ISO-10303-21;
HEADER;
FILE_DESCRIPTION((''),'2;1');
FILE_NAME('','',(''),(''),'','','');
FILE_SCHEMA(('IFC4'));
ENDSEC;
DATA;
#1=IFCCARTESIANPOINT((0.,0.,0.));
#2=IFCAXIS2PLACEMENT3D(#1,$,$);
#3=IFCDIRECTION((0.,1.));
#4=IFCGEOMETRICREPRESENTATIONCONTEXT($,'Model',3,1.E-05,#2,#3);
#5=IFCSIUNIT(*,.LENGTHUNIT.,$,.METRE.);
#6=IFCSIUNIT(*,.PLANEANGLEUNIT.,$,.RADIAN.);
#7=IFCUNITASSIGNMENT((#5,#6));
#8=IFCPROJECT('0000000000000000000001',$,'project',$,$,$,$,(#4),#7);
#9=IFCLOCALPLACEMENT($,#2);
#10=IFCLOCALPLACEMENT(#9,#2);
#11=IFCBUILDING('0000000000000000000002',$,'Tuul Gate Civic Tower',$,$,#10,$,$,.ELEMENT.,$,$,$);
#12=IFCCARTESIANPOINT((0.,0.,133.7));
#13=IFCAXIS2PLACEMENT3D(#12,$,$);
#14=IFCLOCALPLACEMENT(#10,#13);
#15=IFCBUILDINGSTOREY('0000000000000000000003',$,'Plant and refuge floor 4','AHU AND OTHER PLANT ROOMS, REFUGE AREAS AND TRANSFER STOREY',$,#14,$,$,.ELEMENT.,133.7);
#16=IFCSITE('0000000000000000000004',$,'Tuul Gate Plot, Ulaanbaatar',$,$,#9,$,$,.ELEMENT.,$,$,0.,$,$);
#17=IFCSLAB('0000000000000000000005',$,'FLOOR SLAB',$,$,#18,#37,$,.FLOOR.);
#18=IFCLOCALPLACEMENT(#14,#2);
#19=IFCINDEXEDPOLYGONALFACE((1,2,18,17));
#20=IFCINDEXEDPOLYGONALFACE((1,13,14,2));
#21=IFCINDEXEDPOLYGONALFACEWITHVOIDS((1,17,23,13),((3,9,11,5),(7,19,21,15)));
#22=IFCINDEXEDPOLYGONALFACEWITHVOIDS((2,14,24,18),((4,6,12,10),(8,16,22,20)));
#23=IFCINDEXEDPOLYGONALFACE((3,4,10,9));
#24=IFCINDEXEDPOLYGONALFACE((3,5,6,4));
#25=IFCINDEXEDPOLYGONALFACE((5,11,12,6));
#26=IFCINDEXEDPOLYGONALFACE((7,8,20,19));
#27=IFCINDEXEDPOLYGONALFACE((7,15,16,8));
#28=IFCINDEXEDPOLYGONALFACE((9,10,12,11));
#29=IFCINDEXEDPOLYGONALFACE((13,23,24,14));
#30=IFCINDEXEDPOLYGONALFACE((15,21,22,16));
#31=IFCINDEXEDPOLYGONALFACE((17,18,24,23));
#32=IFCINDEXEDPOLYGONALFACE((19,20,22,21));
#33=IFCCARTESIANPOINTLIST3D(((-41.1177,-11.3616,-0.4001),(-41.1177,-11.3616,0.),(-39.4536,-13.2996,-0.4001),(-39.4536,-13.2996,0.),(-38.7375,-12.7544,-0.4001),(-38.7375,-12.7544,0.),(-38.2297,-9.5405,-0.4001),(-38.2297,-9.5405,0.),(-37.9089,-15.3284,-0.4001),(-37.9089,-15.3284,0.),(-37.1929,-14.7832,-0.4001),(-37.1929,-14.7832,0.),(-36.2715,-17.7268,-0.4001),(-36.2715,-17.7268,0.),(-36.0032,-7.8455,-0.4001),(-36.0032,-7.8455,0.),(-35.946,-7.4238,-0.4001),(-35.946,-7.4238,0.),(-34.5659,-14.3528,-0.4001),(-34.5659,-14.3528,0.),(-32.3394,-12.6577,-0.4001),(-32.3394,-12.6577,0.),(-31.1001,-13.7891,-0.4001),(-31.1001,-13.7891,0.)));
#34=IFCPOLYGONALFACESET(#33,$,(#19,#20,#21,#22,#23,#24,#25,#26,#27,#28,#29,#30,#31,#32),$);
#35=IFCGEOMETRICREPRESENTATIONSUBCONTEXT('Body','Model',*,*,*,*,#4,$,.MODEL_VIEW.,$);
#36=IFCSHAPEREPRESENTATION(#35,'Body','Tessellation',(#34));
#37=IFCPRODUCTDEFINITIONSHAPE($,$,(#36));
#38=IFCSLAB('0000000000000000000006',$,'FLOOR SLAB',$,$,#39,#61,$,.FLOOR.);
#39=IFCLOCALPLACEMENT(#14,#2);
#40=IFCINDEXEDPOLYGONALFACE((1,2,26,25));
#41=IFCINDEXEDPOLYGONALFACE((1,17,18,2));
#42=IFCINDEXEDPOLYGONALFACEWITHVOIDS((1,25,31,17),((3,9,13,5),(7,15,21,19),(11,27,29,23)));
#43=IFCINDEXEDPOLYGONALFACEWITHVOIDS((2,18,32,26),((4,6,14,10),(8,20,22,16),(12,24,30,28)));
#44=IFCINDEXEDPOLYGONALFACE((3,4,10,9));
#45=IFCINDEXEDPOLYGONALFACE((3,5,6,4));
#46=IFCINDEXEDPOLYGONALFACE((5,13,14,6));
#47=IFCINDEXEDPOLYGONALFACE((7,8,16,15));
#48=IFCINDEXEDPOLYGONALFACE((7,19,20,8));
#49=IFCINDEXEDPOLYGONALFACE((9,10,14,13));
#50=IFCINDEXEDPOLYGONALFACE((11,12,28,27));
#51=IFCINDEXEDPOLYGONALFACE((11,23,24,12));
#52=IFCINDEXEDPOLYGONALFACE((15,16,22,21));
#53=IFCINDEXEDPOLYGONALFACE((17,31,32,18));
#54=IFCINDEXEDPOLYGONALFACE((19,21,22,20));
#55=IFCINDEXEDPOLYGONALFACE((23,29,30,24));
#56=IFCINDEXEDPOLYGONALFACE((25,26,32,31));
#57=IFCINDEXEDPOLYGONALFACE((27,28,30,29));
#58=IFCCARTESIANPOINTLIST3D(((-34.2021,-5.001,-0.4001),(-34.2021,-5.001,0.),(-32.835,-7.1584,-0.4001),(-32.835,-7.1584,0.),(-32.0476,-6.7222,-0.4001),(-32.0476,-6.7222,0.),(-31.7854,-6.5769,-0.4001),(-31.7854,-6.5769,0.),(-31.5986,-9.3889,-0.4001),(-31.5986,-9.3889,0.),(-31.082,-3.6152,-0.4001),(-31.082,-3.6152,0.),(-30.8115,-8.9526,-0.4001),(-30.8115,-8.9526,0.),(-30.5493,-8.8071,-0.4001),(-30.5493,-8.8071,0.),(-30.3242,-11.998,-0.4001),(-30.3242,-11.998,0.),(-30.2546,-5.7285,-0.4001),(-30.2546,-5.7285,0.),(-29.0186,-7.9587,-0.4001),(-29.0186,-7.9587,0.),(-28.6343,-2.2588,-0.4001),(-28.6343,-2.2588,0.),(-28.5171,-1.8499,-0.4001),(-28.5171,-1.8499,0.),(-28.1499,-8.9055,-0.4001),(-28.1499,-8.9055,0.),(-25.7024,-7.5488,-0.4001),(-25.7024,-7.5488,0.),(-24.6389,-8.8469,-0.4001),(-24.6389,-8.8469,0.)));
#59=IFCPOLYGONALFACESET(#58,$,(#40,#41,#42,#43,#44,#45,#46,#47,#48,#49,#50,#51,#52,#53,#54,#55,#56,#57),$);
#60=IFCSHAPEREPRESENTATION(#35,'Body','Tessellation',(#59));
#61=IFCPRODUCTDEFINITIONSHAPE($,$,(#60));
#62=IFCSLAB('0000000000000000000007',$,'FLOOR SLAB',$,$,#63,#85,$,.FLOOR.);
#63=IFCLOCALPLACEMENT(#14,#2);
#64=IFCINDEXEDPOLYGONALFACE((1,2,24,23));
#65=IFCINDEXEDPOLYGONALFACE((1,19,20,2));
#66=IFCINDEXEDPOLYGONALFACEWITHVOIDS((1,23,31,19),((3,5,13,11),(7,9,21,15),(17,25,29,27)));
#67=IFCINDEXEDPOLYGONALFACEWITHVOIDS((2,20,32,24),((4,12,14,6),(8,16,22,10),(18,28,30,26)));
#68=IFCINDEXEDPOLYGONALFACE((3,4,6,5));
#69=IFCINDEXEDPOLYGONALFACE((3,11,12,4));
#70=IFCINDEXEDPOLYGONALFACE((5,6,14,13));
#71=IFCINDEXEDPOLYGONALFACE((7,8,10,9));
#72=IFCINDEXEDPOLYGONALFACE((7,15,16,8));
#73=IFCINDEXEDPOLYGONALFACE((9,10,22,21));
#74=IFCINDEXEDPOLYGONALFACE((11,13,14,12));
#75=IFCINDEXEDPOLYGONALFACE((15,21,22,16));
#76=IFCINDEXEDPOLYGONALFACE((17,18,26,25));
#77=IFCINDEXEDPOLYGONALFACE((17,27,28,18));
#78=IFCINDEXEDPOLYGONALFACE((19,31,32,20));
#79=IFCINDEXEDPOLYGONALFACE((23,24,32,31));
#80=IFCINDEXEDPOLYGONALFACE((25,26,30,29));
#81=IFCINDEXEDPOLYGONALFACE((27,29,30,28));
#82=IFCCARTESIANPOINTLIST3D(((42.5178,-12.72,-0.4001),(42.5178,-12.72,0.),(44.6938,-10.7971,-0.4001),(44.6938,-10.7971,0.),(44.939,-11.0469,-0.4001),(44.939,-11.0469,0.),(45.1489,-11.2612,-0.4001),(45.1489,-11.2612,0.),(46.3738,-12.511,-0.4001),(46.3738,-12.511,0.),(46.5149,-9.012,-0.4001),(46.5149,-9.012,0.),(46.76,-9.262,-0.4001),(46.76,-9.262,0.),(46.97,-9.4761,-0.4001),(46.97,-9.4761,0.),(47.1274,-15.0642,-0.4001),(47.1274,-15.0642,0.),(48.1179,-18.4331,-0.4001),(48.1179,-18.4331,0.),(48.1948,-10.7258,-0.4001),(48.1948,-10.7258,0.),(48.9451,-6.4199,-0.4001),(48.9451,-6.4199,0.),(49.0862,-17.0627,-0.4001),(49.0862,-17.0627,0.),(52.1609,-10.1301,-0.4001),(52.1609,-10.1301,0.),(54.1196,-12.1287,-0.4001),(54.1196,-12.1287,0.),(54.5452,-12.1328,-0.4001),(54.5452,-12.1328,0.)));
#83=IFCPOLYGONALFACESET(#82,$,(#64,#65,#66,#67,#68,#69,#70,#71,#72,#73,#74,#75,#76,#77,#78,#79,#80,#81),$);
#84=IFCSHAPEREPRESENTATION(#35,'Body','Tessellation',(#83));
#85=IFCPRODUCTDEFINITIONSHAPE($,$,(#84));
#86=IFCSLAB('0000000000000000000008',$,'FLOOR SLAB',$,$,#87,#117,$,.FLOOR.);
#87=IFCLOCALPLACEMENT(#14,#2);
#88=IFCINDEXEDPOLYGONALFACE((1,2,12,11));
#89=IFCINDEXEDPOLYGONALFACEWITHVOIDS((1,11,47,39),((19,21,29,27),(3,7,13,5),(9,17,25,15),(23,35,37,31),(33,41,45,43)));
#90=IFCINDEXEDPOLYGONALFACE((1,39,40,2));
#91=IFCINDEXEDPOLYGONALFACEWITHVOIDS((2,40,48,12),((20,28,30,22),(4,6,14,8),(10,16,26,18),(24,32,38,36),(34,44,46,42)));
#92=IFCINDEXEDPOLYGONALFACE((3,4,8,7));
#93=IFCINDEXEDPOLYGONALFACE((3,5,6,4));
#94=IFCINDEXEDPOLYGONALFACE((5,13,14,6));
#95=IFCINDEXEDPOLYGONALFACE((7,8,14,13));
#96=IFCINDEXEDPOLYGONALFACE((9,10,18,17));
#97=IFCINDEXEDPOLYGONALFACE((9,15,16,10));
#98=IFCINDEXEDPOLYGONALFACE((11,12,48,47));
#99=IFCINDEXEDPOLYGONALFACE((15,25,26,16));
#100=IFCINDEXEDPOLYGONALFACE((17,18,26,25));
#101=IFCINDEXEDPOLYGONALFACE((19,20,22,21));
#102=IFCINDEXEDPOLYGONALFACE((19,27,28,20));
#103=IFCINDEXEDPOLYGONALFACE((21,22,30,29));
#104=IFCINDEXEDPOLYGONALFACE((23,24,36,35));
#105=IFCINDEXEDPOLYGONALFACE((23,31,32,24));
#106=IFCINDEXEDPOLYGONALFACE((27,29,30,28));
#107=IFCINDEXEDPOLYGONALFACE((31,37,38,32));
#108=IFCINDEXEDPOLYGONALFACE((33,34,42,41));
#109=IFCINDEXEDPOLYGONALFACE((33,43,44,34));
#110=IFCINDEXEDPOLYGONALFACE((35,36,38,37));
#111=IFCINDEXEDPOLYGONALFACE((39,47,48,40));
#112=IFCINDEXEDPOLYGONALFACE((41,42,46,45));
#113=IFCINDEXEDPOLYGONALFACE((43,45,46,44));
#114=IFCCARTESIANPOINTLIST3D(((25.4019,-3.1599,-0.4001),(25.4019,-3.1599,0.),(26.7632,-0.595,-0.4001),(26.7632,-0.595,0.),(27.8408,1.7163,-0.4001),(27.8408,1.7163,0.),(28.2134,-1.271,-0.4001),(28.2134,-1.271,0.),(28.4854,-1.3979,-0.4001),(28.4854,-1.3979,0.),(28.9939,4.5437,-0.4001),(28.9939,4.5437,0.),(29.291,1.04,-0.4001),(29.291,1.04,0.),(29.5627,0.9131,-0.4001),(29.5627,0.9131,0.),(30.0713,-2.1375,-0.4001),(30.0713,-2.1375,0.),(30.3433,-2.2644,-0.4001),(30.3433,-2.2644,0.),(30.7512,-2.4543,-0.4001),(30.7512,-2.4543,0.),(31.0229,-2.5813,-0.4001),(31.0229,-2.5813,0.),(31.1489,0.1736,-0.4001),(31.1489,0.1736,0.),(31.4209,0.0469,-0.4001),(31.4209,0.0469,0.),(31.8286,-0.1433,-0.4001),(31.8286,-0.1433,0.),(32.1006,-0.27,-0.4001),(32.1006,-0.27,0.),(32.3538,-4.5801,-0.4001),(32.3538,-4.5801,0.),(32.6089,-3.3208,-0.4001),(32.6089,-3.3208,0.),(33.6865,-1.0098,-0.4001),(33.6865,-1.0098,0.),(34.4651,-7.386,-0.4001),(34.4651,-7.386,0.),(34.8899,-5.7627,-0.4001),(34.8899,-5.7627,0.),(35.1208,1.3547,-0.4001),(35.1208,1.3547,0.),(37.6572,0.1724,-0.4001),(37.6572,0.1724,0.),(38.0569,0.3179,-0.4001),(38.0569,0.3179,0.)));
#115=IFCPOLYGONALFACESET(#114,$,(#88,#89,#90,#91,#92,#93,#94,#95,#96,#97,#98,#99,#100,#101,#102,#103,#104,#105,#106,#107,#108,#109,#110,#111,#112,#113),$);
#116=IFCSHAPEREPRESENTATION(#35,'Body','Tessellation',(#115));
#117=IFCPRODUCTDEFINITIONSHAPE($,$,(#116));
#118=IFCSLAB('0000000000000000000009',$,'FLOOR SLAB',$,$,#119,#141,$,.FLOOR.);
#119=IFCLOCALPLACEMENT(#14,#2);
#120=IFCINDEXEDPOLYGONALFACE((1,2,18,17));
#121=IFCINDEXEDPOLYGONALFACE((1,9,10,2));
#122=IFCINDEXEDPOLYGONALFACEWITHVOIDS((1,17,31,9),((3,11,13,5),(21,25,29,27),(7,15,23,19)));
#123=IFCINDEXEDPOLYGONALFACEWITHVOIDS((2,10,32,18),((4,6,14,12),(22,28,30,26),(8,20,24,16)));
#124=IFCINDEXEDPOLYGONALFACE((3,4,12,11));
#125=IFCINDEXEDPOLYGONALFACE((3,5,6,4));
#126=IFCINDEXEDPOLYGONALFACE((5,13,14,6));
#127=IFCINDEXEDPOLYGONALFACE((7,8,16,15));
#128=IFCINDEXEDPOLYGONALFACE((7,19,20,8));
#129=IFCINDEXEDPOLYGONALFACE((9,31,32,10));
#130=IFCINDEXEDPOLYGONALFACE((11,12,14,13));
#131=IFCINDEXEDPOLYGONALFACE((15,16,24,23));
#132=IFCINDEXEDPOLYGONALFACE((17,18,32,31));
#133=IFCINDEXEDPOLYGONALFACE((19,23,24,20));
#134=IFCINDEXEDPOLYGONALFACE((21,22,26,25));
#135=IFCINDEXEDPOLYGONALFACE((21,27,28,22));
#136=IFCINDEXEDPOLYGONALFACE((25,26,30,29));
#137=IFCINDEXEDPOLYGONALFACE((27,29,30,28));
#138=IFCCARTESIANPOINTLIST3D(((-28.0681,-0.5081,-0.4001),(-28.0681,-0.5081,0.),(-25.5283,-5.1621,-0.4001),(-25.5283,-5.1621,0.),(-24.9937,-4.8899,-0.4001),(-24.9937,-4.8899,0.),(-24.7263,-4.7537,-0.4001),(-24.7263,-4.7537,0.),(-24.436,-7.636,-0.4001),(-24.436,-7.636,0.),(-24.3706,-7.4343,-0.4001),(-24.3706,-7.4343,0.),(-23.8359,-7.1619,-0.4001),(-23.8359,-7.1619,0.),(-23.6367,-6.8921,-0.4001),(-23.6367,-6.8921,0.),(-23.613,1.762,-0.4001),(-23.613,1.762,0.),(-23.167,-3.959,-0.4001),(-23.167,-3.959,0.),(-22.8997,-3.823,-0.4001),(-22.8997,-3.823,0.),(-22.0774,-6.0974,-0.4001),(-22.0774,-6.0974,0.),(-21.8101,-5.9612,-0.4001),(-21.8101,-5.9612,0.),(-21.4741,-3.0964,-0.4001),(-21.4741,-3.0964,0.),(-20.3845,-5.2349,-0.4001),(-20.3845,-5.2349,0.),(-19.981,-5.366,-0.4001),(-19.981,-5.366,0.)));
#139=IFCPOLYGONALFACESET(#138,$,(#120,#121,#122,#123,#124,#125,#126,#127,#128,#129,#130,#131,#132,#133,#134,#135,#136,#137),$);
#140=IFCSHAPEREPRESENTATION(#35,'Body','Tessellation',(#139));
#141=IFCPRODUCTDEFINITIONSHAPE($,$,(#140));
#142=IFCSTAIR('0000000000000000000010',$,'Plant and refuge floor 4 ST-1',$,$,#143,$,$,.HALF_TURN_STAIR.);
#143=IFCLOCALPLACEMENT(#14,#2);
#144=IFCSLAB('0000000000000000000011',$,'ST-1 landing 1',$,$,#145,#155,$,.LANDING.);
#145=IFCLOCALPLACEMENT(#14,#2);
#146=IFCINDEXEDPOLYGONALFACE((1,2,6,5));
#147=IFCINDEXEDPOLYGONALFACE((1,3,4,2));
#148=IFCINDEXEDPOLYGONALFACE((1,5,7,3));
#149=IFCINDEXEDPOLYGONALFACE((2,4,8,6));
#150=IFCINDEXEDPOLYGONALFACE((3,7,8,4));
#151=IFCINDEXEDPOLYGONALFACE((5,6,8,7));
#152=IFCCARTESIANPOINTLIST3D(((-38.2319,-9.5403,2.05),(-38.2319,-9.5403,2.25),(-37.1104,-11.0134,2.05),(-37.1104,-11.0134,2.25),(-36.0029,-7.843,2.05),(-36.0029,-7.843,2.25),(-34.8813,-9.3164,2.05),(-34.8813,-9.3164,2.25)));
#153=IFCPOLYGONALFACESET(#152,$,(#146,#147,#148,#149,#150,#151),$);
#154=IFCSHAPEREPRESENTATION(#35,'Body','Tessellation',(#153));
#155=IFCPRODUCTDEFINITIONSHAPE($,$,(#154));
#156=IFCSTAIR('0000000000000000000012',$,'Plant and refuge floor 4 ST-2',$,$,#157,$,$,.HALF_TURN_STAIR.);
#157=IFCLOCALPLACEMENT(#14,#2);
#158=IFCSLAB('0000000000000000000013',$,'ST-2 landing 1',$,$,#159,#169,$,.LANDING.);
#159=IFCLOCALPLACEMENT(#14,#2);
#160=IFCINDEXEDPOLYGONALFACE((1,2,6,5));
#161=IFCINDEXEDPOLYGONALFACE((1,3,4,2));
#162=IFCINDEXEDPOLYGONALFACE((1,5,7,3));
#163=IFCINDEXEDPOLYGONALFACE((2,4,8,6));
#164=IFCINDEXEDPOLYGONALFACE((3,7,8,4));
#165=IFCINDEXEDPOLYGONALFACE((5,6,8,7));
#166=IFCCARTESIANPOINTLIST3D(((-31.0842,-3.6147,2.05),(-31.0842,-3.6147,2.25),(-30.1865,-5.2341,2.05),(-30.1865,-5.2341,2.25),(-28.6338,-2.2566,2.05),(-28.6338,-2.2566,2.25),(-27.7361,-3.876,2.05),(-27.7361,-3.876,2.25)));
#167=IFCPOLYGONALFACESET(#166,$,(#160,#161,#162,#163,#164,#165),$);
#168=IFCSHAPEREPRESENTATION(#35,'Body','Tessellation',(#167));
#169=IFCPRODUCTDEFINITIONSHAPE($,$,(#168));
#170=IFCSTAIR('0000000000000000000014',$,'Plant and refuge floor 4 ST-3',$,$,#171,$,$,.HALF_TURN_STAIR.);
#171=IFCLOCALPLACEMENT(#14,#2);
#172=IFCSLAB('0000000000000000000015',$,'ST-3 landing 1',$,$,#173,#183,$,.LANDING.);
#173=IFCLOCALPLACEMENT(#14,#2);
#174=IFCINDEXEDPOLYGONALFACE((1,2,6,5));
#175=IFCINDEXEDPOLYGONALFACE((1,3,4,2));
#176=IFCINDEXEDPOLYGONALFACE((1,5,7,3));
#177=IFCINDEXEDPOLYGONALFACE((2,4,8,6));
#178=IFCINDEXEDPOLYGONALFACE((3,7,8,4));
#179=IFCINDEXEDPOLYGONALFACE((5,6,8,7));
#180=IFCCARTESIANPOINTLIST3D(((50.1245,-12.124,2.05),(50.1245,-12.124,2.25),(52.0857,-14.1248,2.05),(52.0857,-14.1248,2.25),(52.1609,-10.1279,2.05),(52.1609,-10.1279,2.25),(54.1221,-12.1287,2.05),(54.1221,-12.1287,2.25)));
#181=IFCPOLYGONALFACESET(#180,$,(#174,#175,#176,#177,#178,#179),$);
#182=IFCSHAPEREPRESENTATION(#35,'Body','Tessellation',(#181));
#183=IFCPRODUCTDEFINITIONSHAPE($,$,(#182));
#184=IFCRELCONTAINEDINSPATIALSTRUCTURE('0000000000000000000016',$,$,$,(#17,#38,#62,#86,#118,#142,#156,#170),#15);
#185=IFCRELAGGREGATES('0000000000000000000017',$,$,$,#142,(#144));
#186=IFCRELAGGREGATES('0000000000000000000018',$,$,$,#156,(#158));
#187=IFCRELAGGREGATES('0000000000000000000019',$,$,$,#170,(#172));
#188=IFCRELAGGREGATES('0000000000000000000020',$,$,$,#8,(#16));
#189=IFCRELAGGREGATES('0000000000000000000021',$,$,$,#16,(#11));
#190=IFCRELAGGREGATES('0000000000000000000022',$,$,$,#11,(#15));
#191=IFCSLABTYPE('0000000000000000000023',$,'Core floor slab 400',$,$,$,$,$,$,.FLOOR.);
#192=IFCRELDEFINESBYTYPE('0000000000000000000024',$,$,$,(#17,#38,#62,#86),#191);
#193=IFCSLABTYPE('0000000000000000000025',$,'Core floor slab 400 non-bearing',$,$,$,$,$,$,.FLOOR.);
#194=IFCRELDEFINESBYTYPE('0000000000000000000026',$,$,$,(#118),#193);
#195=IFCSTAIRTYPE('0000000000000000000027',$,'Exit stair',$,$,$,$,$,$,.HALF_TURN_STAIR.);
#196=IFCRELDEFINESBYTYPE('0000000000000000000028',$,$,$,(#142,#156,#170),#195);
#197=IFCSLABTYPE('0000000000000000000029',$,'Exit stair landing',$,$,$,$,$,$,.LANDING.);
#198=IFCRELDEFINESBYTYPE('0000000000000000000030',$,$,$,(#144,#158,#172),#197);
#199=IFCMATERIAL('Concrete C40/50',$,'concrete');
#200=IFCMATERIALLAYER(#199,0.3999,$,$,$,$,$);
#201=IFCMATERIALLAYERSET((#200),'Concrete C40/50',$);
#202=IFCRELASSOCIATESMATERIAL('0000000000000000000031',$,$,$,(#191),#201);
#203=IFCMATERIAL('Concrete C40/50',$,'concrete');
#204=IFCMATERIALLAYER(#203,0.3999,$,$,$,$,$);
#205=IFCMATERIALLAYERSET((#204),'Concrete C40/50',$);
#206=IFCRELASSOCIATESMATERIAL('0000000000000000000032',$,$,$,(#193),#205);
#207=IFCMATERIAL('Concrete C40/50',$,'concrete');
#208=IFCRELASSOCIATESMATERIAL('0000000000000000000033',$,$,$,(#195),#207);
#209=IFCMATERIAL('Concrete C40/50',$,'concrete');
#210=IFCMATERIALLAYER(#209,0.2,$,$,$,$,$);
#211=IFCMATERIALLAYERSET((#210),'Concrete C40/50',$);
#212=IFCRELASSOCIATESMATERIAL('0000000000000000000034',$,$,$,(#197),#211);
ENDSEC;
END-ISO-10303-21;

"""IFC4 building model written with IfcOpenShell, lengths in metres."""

from ifc_helpers import new_model, si_unit, direction, frame, origin, place, context, subcontext, project, spatial, polyline, outline, extrude, material, layer, layer_set, type_object, element, aggregate, save


model = new_model("IFC4")

# Units and contexts
model_context = context("Model", 3, precision=1e-05, world=origin(), true_north=direction((0.0, 1.0)))
body_context = subcontext(model_context, "Body", "Model", "MODEL_VIEW")
ifc_project = project(units=[si_unit("LENGTHUNIT", "METRE"), si_unit("PLANEANGLEUNIT", "RADIAN")], contexts=[model_context])

# Site, building, storey
site_placement = place(None, origin())
site = spatial("IfcSite", under=ifc_project, at=site_placement, Name="Tuul Gate Plot, Ulaanbaatar", CompositionType="ELEMENT", RefElevation=0.0)
building_placement = place(site_placement, origin())
building = spatial("IfcBuilding", under=site, at=building_placement, Name="Tuul Gate Civic Tower", CompositionType="ELEMENT")
storey_placement = place(building_placement, frame((0.0, 0.0, 133.7)))
storey = spatial("IfcBuildingStorey", under=building, at=storey_placement, Name="Plant and refuge floor 4", Description="AHU AND OTHER PLANT ROOMS, REFUGE AREAS AND TRANSFER STOREY", CompositionType="ELEMENT", Elevation=133.7)

# Slabs
ifc_material_1 = material(Name="Concrete C40/50", Category="concrete")
ifc_layer_1 = layer(ifc_material_1, 0.3999)
ifc_layer_set_1 = layer_set([ifc_layer_1], Name="Concrete C40/50")
slab_type_1 = type_object("IfcSlabType", Name="Core floor slab 400", PredefinedType="FLOOR", material=ifc_layer_set_1)
slab_1_placement = place(storey_placement, frame((0.0, 0.0, -0.4001)))
element("IfcSlab", 1, at=slab_1_placement, inside=storey, type_object=slab_type_1, Name="FLOOR SLAB", PredefinedType="FLOOR", context=body_context, shape_type="SweptSolid", body=[
    extrude(outline(polyline([(-31.1001, -13.7891), (-35.946, -7.4238), (-41.1177, -11.3616), (-36.2715, -17.7268), (-31.1001, -13.7891)]), holes=[polyline([(-37.1929, -14.7832), (-38.7375, -12.7544), (-39.4536, -13.2996), (-37.9089, -15.3284), (-37.1929, -14.7832)]), polyline([(-32.3394, -12.6577), (-34.5659, -14.3528), (-38.2297, -9.5405), (-36.0032, -7.8455), (-32.3394, -12.6577)])]), origin(), (0.0, 0.0, 1.0), 0.4001),
])
slab_2_placement = place(storey_placement, frame((0.0, 0.0, -0.4001)))
element("IfcSlab", 2, at=slab_2_placement, inside=storey, type_object=slab_type_1, Name="FLOOR SLAB", PredefinedType="FLOOR", context=body_context, shape_type="SweptSolid", body=[
    extrude(outline(polyline([(-24.6389, -8.8469), (-28.5171, -1.8499), (-34.2021, -5.001), (-30.3242, -11.998), (-24.6389, -8.8469)]), holes=[polyline([(-29.0186, -7.9587), (-30.2546, -5.7285), (-31.7854, -6.5769), (-30.5493, -8.8071), (-29.0186, -7.9587)]), polyline([(-30.8115, -8.9526), (-32.0476, -6.7222), (-32.835, -7.1584), (-31.5986, -9.3889), (-30.8115, -8.9526)]), polyline([(-25.7024, -7.5488), (-28.1499, -8.9055), (-31.082, -3.6152), (-28.6343, -2.2588), (-25.7024, -7.5488)])]), origin(), (0.0, 0.0, 1.0), 0.4001),
])
slab_3_placement = place(storey_placement, frame((0.0, 0.0, -0.4001)))
element("IfcSlab", 3, at=slab_3_placement, inside=storey, type_object=slab_type_1, Name="FLOOR SLAB", PredefinedType="FLOOR", context=body_context, shape_type="SweptSolid", body=[
    extrude(outline(polyline([(48.1179, -18.4331), (54.5452, -12.1328), (48.9451, -6.4199), (42.5178, -12.72), (48.1179, -18.4331)]), holes=[polyline([(46.3738, -12.511), (48.1948, -10.7258), (46.97, -9.4761), (45.1489, -11.2612), (46.3738, -12.511)]), polyline([(44.939, -11.0469), (46.76, -9.262), (46.5149, -9.012), (44.6938, -10.7971), (44.939, -11.0469)]), polyline([(49.0862, -17.0627), (47.1274, -15.0642), (52.1609, -10.1301), (54.1196, -12.1287), (49.0862, -17.0627)])]), origin(), (0.0, 0.0, 1.0), 0.4001),
])
slab_4_placement = place(storey_placement, frame((0.0, 0.0, -0.4001)))
element("IfcSlab", 4, at=slab_4_placement, inside=storey, type_object=slab_type_1, Name="FLOOR SLAB", PredefinedType="FLOOR", context=body_context, shape_type="SweptSolid", body=[
    extrude(outline(polyline([(34.4651, -7.386), (38.0569, 0.3179), (28.9939, 4.5437), (25.4019, -3.1599), (34.4651, -7.386)]), holes=[polyline([(32.6089, -3.3208), (33.6865, -1.0098), (32.1006, -0.27), (31.0229, -2.5813), (32.6089, -3.3208)]), polyline([(30.0713, -2.1375), (31.1489, 0.1736), (29.5627, 0.9131), (28.4854, -1.3979), (30.0713, -2.1375)]), polyline([(30.7512, -2.4543), (31.8286, -0.1433), (31.4209, 0.0469), (30.3433, -2.2644), (30.7512, -2.4543)]), polyline([(28.2134, -1.271), (29.291, 1.04), (27.8408, 1.7163), (26.7632, -0.595), (28.2134, -1.271)]), polyline([(34.8899, -5.7627), (32.3538, -4.5801), (35.1208, 1.3547), (37.6572, 0.1724), (34.8899, -5.7627)])]), origin(), (0.0, 0.0, 1.0), 0.4001),
])
ifc_material_2 = material(Name="Concrete C40/50", Category="concrete")
ifc_layer_2 = layer(ifc_material_2, 0.3999)
ifc_layer_set_2 = layer_set([ifc_layer_2], Name="Concrete C40/50")
slab_type_2 = type_object("IfcSlabType", Name="Core floor slab 400 non-bearing", PredefinedType="FLOOR", material=ifc_layer_set_2)
slab_5_placement = place(storey_placement, frame((0.0, 0.0, -0.4001)))
element("IfcSlab", 5, at=slab_5_placement, inside=storey, type_object=slab_type_2, Name="FLOOR SLAB", PredefinedType="FLOOR", context=body_context, shape_type="SweptSolid", body=[
    extrude(outline(polyline([(-19.981, -5.366), (-23.613, 1.762), (-28.0681, -0.5081), (-24.436, -7.636), (-19.981, -5.366)]), holes=[polyline([(-20.3845, -5.2349), (-21.4741, -3.0964), (-22.8997, -3.823), (-21.8101, -5.9612), (-20.3845, -5.2349)]), polyline([(-22.0774, -6.0974), (-23.167, -3.959), (-24.7263, -4.7537), (-23.6367, -6.8921), (-22.0774, -6.0974)]), polyline([(-23.8359, -7.1619), (-24.9937, -4.8899), (-25.5283, -5.1621), (-24.3706, -7.4343), (-23.8359, -7.1619)])]), origin(), (0.0, 0.0, 1.0), 0.4001),
])

# Stairs, slabs
ifc_material_3 = material(Name="Concrete C40/50", Category="concrete")
stair_type = type_object("IfcStairType", Name="Exit stair", PredefinedType="HALF_TURN_STAIR", material=ifc_material_3)
stair_1_placement = place(storey_placement, origin())
stair_1 = element("IfcStair", 6, at=stair_1_placement, inside=storey, type_object=stair_type, Name="Plant and refuge floor 4 ST-1", PredefinedType="HALF_TURN_STAIR")
ifc_material_4 = material(Name="Concrete C40/50", Category="concrete")
ifc_layer_3 = layer(ifc_material_4, 0.2)
ifc_layer_set_3 = layer_set([ifc_layer_3], Name="Concrete C40/50")
slab_type_3 = type_object("IfcSlabType", Name="Exit stair landing", PredefinedType="LANDING", material=ifc_layer_set_3)
slab_6_placement = place(storey_placement, frame((0.0, 0.0, 2.05)))
slab_6 = element("IfcSlab", 7, at=slab_6_placement, type_object=slab_type_3, Name="ST-1 landing 1", PredefinedType="LANDING", context=body_context, shape_type="SweptSolid", body=[
    extrude(outline(polyline([(-34.8813, -9.3164), (-37.1104, -11.0134), (-38.2319, -9.5403), (-36.0029, -7.843), (-34.8813, -9.3164)])), origin(), (0.0, 0.0, 1.0), 0.2),
])
aggregate(stair_1, [slab_6])
stair_2_placement = place(storey_placement, origin())
stair_2 = element("IfcStair", 8, at=stair_2_placement, inside=storey, type_object=stair_type, Name="Plant and refuge floor 4 ST-2", PredefinedType="HALF_TURN_STAIR")
slab_7_placement = place(storey_placement, frame((0.0, 0.0, 2.05)))
slab_7 = element("IfcSlab", 9, at=slab_7_placement, type_object=slab_type_3, Name="ST-2 landing 1", PredefinedType="LANDING", context=body_context, shape_type="SweptSolid", body=[
    extrude(outline(polyline([(-27.7361, -3.876), (-30.1865, -5.2341), (-31.0842, -3.6147), (-28.6338, -2.2566), (-27.7361, -3.876)])), origin(), (0.0, 0.0, 1.0), 0.2),
])
aggregate(stair_2, [slab_7])
stair_3_placement = place(storey_placement, origin())
stair_3 = element("IfcStair", 10, at=stair_3_placement, inside=storey, type_object=stair_type, Name="Plant and refuge floor 4 ST-3", PredefinedType="HALF_TURN_STAIR")
slab_8_placement = place(storey_placement, frame((0.0, 0.0, 2.05)))
slab_8 = element("IfcSlab", 11, at=slab_8_placement, type_object=slab_type_3, Name="ST-3 landing 1", PredefinedType="LANDING", context=body_context, shape_type="SweptSolid", body=[
    extrude(outline(polyline([(52.0857, -14.1248), (50.1245, -12.124), (52.1609, -10.1279), (54.1221, -12.1287), (52.0857, -14.1248)])), origin(), (0.0, 0.0, 1.0), 0.2),
])
aggregate(stair_3, [slab_8])

save(model, "model.ifc")
